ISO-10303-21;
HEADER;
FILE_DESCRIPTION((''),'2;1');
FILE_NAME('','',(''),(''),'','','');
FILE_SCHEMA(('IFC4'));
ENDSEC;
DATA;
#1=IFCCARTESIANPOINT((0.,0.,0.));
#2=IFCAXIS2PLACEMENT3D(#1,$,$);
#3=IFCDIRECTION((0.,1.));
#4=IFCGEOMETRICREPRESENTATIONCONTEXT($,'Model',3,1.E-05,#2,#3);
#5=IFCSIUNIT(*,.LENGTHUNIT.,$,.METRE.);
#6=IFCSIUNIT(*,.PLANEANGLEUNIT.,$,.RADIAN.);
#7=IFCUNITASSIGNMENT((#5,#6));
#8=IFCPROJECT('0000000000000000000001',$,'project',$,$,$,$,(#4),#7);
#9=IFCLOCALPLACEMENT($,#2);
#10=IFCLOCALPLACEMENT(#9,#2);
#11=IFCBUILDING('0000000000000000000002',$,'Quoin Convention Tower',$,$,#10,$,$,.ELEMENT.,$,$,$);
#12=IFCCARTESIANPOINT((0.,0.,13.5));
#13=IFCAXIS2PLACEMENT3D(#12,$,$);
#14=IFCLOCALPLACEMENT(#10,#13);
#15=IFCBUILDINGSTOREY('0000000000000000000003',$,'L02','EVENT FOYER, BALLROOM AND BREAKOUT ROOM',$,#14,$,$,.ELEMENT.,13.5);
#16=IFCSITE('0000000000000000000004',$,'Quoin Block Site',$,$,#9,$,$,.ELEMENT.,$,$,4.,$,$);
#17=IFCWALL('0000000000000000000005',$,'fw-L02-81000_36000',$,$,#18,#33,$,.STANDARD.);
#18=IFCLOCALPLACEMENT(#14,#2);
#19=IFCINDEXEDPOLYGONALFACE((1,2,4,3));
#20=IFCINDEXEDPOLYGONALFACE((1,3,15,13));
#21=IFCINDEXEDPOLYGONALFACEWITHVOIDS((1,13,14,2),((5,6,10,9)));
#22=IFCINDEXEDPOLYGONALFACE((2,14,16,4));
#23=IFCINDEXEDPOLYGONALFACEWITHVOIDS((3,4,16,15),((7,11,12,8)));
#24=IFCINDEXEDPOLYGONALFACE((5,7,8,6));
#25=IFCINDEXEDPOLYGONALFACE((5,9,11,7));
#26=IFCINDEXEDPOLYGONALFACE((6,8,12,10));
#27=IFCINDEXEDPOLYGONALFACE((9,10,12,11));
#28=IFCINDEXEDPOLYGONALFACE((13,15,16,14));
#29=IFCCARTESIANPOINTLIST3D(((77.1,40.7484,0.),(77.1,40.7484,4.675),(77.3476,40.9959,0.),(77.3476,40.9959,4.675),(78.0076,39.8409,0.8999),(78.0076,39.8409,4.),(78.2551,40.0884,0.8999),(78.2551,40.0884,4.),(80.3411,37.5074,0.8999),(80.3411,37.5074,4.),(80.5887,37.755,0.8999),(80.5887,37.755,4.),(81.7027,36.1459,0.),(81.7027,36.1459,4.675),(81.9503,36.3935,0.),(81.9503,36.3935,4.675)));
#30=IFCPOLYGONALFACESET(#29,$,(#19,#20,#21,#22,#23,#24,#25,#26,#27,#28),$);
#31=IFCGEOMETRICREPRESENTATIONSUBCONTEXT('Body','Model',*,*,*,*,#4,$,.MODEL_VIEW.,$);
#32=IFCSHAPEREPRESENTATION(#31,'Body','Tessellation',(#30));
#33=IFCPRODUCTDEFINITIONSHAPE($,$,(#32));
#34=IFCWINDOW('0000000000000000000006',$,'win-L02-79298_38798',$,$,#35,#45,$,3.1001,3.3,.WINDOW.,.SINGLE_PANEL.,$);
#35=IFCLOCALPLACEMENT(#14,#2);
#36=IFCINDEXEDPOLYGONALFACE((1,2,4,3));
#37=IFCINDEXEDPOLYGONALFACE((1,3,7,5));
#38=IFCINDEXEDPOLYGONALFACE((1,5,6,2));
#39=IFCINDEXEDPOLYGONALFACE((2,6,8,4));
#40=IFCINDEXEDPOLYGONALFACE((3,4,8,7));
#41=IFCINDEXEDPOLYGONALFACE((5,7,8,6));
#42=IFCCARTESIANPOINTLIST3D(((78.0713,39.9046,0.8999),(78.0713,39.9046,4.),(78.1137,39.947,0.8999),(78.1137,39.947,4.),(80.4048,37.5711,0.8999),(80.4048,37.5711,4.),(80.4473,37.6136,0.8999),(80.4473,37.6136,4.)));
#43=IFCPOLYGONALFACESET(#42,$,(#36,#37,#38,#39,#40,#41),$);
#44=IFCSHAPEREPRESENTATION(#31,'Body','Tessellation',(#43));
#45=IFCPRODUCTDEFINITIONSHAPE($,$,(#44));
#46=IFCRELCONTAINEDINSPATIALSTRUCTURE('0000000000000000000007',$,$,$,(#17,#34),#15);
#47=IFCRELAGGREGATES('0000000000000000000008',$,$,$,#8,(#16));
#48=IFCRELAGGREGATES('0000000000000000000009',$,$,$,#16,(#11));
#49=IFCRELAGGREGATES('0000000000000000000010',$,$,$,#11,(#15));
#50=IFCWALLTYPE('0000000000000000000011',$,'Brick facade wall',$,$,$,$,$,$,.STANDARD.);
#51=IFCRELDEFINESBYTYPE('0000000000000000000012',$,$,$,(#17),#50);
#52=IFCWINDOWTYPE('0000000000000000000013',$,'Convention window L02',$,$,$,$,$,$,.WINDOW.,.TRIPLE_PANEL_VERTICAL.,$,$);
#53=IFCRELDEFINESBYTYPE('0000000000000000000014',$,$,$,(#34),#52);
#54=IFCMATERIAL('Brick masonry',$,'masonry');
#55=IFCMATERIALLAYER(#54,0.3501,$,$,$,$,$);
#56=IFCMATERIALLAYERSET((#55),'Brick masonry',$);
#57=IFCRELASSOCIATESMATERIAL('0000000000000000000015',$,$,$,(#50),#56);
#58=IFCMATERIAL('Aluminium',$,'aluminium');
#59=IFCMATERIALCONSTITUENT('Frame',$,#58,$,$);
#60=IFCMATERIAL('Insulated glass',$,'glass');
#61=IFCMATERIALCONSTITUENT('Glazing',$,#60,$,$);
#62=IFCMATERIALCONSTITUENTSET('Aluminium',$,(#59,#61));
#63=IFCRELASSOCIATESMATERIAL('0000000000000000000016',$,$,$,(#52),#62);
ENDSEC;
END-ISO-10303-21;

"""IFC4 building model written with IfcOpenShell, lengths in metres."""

from ifc_helpers import new_model, si_unit, direction, frame, frame_2d, origin, place, context, subcontext, project, spatial, rectangle, extrude, material, layer, layer_set, constituent, constituent_set, type_object, element, fill, save


model = new_model("IFC4")

# Units and contexts
model_context = context("Model", 3, precision=1e-05, world=origin(), true_north=direction((0.0, 1.0)))
body_context = subcontext(model_context, "Body", "Model", "MODEL_VIEW")
ifc_project = project(units=[si_unit("LENGTHUNIT", "METRE"), si_unit("PLANEANGLEUNIT", "RADIAN")], contexts=[model_context])

# Site, building, storey
site_placement = place(None, origin())
site = spatial("IfcSite", under=ifc_project, at=site_placement, Name="Quoin Block Site", CompositionType="ELEMENT", RefElevation=4.0)
building_placement = place(site_placement, origin())
building = spatial("IfcBuilding", under=site, at=building_placement, Name="Quoin Convention Tower", CompositionType="ELEMENT")
storey_placement = place(building_placement, frame((0.0, 0.0, 13.5)))
storey = spatial("IfcBuildingStorey", under=building, at=storey_placement, Name="L02", Description="EVENT FOYER, BALLROOM AND BREAKOUT ROOM", CompositionType="ELEMENT", Elevation=13.5)

# Wall, opening, window
ifc_material_1 = material(Name="Brick masonry", Category="masonry")
ifc_layer_1 = layer(ifc_material_1, 0.3501)
ifc_layer_set_1 = layer_set([ifc_layer_1], Name="Brick masonry")
wall_type_1 = type_object("IfcWallType", Name="Brick facade wall", PredefinedType="STANDARD", material=ifc_layer_set_1)
wall_1_placement = place(storey_placement, frame((81.8264, 36.2698, 0.0), z_axis=(0.0, 0.0, 1.0), x_axis=(-0.707126, 0.707088, 0.0)))
wall_1 = element("IfcWall", 1, at=wall_1_placement, inside=storey, type_object=wall_type_1, Name="fw-L02-81000_36000", PredefinedType="STANDARD", context=body_context, shape_type="SweptSolid", body=[
    extrude(rectangle(XDim=6.509, YDim=0.3501, at=frame_2d((3.2544, 0.0))), origin(), (0.0, 0.0, 1.0), 4.675),
])
opening_1_placement = place(wall_1_placement, frame((1.9255, 0.0, 0.8999)))
opening_1 = element("IfcOpeningElement", 2, at=opening_1_placement, cuts=wall_1, PredefinedType="OPENING", context=body_context, shape_type="SweptSolid", body=[
    extrude(rectangle(XDim=3.3, YDim=3.1001, at=frame_2d((1.6499, 1.55))), frame((0.0, 0.1851, 0.0), z_axis=(0.0, -1.0, 0.0), x_axis=(1.0, 0.0, 0.0)), (0.0, 0.0, 1.0), 0.3701),
])
ifc_material_2 = material(Name="Aluminium", Category="aluminium")
ifc_constituent_1 = constituent(ifc_material_2, Name="Frame")
ifc_material_3 = material(Name="Insulated glass", Category="glass")
ifc_constituent_2 = constituent(ifc_material_3, Name="Glazing")
ifc_constituent_set = constituent_set(constituents=[ifc_constituent_1, ifc_constituent_2], Name="Aluminium")
window_type = type_object("IfcWindowType", Name="Convention window L02", PartitioningType="TRIPLE_PANEL_VERTICAL", PredefinedType="WINDOW", material=ifc_constituent_set)
window_1_placement = place(opening_1_placement, origin())
window_1 = element("IfcWindow", 3, at=window_1_placement, inside=storey, type_object=window_type, Name="win-L02-79298_38798", OverallHeight=3.1001, OverallWidth=3.3, PartitioningType="SINGLE_PANEL", PredefinedType="WINDOW", context=body_context, shape_type="SweptSolid", body=[
    extrude(rectangle(XDim=3.3, YDim=3.1001, at=frame_2d((1.6499, 1.55))), frame((0.0, 0.085, 0.0), z_axis=(0.0, -1.0, 0.0), x_axis=(1.0, 0.0, 0.0)), (0.0, 0.0, 1.0), 0.0601),
])
fill(opening_1, window_1)

save(model, "model.ifc")
